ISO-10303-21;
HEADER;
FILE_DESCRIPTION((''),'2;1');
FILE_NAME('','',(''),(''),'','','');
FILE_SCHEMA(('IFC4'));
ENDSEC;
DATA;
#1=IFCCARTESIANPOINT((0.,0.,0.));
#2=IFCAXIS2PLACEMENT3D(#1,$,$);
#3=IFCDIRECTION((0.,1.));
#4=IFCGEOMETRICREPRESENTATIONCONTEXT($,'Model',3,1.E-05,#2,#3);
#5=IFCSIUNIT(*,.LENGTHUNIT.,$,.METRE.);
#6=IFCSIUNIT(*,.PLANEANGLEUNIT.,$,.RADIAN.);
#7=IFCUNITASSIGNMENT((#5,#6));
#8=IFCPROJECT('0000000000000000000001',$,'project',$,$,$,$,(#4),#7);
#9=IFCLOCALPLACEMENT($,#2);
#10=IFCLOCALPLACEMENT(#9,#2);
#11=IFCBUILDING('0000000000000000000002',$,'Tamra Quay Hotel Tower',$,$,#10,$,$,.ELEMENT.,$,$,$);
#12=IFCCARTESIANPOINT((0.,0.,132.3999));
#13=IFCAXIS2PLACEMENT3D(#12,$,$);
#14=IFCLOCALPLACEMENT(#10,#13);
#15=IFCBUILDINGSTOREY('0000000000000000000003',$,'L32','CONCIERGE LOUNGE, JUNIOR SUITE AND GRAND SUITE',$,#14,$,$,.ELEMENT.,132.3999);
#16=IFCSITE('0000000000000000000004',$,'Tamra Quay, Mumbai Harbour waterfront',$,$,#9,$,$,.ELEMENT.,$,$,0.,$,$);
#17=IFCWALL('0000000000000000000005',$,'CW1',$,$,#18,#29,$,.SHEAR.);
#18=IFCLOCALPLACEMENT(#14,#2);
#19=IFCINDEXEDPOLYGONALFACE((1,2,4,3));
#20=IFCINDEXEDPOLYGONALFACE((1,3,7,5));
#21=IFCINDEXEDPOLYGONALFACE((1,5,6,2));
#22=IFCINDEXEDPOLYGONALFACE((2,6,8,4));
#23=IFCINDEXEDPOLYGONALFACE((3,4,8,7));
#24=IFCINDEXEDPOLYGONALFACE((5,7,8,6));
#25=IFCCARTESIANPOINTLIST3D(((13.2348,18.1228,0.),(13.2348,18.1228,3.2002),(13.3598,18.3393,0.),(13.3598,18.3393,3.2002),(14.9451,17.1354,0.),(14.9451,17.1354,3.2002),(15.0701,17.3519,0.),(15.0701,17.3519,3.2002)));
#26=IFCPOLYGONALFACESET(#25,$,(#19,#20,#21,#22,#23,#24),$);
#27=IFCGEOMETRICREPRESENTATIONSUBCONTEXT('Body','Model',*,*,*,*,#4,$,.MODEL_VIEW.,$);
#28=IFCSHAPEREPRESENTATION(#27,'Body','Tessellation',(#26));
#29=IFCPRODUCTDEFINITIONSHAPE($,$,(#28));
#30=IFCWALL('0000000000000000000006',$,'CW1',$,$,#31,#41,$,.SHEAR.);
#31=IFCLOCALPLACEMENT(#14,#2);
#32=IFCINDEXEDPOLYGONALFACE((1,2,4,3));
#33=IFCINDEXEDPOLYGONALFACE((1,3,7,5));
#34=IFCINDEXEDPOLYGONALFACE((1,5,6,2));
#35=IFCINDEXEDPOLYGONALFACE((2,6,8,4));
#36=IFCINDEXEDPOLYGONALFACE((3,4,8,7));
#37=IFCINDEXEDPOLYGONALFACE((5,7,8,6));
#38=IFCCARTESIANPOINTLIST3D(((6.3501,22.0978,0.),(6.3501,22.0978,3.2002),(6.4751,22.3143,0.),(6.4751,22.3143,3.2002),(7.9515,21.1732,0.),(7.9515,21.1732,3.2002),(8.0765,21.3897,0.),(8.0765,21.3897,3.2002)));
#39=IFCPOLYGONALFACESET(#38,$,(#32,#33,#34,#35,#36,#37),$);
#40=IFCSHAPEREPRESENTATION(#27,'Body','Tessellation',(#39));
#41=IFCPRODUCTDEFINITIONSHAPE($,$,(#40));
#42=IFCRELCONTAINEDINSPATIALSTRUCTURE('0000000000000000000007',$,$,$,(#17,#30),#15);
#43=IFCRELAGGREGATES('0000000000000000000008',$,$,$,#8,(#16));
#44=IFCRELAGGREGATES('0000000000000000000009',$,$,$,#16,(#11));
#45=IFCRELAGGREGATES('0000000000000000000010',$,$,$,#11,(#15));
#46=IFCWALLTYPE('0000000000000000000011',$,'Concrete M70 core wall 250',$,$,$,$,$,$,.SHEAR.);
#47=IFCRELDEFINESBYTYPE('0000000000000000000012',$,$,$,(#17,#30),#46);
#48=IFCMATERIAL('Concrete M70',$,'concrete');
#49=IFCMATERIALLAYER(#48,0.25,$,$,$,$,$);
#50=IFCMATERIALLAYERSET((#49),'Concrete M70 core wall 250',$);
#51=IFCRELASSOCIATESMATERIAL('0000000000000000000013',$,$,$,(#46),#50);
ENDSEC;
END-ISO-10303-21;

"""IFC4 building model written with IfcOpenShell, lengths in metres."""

from ifc_helpers import new_model, si_unit, direction, frame, frame_2d, origin, place, context, subcontext, project, spatial, rectangle, extrude, material, layer, layer_set, type_object, element, save


model = new_model("IFC4")

# Units and contexts
model_context = context("Model", 3, precision=1e-05, world=origin(), true_north=direction((0.0, 1.0)))
body_context = subcontext(model_context, "Body", "Model", "MODEL_VIEW")
ifc_project = project(units=[si_unit("LENGTHUNIT", "METRE"), si_unit("PLANEANGLEUNIT", "RADIAN")], contexts=[model_context])

# Site, building, storey
site_placement = place(None, origin())
site = spatial("IfcSite", under=ifc_project, at=site_placement, Name="Tamra Quay, Mumbai Harbour waterfront", CompositionType="ELEMENT", RefElevation=0.0)
building_placement = place(site_placement, origin())
building = spatial("IfcBuilding", under=site, at=building_placement, Name="Tamra Quay Hotel Tower", CompositionType="ELEMENT")
storey_placement = place(building_placement, frame((0.0, 0.0, 132.3999)))
storey = spatial("IfcBuildingStorey", under=building, at=storey_placement, Name="L32", Description="CONCIERGE LOUNGE, JUNIOR SUITE AND GRAND SUITE", CompositionType="ELEMENT", Elevation=132.3999)

# Shared definitions
ifc_material_1 = material(Name="Concrete M70", Category="concrete")

# Walls
ifc_layer_1 = layer(ifc_material_1, 0.25)
ifc_layer_set_1 = layer_set([ifc_layer_1], Name="Concrete M70 core wall 250")
wall_type_1 = type_object("IfcWallType", Name="Concrete M70 core wall 250", PredefinedType="SHEAR", material=ifc_layer_set_1)
wall_1_placement = place(storey_placement, frame((13.2974, 18.231, 0.0), z_axis=(0.0, 0.0, 1.0), x_axis=(0.866044, -0.499969, 0.0)))
element("IfcWall", 1, at=wall_1_placement, inside=storey, type_object=wall_type_1, Name="CW1", PredefinedType="SHEAR", context=body_context, shape_type="SweptSolid", body=[
    extrude(rectangle(XDim=1.9749, YDim=0.25, at=frame_2d((0.9873, 0.0))), origin(), (0.0, 0.0, 1.0), 3.2002),
])
wall_2_placement = place(storey_placement, frame((6.4126, 22.2061, 0.0), z_axis=(0.0, 0.0, 1.0), x_axis=(0.866016, -0.500016, 0.0)))
element("IfcWall", 2, at=wall_2_placement, inside=storey, type_object=wall_type_1, Name="CW1", PredefinedType="SHEAR", context=body_context, shape_type="SweptSolid", body=[
    extrude(rectangle(XDim=1.8491, YDim=0.25, at=frame_2d((0.9246, 0.0))), origin(), (0.0, 0.0, 1.0), 3.2002),
])

save(model, "model.ifc")
